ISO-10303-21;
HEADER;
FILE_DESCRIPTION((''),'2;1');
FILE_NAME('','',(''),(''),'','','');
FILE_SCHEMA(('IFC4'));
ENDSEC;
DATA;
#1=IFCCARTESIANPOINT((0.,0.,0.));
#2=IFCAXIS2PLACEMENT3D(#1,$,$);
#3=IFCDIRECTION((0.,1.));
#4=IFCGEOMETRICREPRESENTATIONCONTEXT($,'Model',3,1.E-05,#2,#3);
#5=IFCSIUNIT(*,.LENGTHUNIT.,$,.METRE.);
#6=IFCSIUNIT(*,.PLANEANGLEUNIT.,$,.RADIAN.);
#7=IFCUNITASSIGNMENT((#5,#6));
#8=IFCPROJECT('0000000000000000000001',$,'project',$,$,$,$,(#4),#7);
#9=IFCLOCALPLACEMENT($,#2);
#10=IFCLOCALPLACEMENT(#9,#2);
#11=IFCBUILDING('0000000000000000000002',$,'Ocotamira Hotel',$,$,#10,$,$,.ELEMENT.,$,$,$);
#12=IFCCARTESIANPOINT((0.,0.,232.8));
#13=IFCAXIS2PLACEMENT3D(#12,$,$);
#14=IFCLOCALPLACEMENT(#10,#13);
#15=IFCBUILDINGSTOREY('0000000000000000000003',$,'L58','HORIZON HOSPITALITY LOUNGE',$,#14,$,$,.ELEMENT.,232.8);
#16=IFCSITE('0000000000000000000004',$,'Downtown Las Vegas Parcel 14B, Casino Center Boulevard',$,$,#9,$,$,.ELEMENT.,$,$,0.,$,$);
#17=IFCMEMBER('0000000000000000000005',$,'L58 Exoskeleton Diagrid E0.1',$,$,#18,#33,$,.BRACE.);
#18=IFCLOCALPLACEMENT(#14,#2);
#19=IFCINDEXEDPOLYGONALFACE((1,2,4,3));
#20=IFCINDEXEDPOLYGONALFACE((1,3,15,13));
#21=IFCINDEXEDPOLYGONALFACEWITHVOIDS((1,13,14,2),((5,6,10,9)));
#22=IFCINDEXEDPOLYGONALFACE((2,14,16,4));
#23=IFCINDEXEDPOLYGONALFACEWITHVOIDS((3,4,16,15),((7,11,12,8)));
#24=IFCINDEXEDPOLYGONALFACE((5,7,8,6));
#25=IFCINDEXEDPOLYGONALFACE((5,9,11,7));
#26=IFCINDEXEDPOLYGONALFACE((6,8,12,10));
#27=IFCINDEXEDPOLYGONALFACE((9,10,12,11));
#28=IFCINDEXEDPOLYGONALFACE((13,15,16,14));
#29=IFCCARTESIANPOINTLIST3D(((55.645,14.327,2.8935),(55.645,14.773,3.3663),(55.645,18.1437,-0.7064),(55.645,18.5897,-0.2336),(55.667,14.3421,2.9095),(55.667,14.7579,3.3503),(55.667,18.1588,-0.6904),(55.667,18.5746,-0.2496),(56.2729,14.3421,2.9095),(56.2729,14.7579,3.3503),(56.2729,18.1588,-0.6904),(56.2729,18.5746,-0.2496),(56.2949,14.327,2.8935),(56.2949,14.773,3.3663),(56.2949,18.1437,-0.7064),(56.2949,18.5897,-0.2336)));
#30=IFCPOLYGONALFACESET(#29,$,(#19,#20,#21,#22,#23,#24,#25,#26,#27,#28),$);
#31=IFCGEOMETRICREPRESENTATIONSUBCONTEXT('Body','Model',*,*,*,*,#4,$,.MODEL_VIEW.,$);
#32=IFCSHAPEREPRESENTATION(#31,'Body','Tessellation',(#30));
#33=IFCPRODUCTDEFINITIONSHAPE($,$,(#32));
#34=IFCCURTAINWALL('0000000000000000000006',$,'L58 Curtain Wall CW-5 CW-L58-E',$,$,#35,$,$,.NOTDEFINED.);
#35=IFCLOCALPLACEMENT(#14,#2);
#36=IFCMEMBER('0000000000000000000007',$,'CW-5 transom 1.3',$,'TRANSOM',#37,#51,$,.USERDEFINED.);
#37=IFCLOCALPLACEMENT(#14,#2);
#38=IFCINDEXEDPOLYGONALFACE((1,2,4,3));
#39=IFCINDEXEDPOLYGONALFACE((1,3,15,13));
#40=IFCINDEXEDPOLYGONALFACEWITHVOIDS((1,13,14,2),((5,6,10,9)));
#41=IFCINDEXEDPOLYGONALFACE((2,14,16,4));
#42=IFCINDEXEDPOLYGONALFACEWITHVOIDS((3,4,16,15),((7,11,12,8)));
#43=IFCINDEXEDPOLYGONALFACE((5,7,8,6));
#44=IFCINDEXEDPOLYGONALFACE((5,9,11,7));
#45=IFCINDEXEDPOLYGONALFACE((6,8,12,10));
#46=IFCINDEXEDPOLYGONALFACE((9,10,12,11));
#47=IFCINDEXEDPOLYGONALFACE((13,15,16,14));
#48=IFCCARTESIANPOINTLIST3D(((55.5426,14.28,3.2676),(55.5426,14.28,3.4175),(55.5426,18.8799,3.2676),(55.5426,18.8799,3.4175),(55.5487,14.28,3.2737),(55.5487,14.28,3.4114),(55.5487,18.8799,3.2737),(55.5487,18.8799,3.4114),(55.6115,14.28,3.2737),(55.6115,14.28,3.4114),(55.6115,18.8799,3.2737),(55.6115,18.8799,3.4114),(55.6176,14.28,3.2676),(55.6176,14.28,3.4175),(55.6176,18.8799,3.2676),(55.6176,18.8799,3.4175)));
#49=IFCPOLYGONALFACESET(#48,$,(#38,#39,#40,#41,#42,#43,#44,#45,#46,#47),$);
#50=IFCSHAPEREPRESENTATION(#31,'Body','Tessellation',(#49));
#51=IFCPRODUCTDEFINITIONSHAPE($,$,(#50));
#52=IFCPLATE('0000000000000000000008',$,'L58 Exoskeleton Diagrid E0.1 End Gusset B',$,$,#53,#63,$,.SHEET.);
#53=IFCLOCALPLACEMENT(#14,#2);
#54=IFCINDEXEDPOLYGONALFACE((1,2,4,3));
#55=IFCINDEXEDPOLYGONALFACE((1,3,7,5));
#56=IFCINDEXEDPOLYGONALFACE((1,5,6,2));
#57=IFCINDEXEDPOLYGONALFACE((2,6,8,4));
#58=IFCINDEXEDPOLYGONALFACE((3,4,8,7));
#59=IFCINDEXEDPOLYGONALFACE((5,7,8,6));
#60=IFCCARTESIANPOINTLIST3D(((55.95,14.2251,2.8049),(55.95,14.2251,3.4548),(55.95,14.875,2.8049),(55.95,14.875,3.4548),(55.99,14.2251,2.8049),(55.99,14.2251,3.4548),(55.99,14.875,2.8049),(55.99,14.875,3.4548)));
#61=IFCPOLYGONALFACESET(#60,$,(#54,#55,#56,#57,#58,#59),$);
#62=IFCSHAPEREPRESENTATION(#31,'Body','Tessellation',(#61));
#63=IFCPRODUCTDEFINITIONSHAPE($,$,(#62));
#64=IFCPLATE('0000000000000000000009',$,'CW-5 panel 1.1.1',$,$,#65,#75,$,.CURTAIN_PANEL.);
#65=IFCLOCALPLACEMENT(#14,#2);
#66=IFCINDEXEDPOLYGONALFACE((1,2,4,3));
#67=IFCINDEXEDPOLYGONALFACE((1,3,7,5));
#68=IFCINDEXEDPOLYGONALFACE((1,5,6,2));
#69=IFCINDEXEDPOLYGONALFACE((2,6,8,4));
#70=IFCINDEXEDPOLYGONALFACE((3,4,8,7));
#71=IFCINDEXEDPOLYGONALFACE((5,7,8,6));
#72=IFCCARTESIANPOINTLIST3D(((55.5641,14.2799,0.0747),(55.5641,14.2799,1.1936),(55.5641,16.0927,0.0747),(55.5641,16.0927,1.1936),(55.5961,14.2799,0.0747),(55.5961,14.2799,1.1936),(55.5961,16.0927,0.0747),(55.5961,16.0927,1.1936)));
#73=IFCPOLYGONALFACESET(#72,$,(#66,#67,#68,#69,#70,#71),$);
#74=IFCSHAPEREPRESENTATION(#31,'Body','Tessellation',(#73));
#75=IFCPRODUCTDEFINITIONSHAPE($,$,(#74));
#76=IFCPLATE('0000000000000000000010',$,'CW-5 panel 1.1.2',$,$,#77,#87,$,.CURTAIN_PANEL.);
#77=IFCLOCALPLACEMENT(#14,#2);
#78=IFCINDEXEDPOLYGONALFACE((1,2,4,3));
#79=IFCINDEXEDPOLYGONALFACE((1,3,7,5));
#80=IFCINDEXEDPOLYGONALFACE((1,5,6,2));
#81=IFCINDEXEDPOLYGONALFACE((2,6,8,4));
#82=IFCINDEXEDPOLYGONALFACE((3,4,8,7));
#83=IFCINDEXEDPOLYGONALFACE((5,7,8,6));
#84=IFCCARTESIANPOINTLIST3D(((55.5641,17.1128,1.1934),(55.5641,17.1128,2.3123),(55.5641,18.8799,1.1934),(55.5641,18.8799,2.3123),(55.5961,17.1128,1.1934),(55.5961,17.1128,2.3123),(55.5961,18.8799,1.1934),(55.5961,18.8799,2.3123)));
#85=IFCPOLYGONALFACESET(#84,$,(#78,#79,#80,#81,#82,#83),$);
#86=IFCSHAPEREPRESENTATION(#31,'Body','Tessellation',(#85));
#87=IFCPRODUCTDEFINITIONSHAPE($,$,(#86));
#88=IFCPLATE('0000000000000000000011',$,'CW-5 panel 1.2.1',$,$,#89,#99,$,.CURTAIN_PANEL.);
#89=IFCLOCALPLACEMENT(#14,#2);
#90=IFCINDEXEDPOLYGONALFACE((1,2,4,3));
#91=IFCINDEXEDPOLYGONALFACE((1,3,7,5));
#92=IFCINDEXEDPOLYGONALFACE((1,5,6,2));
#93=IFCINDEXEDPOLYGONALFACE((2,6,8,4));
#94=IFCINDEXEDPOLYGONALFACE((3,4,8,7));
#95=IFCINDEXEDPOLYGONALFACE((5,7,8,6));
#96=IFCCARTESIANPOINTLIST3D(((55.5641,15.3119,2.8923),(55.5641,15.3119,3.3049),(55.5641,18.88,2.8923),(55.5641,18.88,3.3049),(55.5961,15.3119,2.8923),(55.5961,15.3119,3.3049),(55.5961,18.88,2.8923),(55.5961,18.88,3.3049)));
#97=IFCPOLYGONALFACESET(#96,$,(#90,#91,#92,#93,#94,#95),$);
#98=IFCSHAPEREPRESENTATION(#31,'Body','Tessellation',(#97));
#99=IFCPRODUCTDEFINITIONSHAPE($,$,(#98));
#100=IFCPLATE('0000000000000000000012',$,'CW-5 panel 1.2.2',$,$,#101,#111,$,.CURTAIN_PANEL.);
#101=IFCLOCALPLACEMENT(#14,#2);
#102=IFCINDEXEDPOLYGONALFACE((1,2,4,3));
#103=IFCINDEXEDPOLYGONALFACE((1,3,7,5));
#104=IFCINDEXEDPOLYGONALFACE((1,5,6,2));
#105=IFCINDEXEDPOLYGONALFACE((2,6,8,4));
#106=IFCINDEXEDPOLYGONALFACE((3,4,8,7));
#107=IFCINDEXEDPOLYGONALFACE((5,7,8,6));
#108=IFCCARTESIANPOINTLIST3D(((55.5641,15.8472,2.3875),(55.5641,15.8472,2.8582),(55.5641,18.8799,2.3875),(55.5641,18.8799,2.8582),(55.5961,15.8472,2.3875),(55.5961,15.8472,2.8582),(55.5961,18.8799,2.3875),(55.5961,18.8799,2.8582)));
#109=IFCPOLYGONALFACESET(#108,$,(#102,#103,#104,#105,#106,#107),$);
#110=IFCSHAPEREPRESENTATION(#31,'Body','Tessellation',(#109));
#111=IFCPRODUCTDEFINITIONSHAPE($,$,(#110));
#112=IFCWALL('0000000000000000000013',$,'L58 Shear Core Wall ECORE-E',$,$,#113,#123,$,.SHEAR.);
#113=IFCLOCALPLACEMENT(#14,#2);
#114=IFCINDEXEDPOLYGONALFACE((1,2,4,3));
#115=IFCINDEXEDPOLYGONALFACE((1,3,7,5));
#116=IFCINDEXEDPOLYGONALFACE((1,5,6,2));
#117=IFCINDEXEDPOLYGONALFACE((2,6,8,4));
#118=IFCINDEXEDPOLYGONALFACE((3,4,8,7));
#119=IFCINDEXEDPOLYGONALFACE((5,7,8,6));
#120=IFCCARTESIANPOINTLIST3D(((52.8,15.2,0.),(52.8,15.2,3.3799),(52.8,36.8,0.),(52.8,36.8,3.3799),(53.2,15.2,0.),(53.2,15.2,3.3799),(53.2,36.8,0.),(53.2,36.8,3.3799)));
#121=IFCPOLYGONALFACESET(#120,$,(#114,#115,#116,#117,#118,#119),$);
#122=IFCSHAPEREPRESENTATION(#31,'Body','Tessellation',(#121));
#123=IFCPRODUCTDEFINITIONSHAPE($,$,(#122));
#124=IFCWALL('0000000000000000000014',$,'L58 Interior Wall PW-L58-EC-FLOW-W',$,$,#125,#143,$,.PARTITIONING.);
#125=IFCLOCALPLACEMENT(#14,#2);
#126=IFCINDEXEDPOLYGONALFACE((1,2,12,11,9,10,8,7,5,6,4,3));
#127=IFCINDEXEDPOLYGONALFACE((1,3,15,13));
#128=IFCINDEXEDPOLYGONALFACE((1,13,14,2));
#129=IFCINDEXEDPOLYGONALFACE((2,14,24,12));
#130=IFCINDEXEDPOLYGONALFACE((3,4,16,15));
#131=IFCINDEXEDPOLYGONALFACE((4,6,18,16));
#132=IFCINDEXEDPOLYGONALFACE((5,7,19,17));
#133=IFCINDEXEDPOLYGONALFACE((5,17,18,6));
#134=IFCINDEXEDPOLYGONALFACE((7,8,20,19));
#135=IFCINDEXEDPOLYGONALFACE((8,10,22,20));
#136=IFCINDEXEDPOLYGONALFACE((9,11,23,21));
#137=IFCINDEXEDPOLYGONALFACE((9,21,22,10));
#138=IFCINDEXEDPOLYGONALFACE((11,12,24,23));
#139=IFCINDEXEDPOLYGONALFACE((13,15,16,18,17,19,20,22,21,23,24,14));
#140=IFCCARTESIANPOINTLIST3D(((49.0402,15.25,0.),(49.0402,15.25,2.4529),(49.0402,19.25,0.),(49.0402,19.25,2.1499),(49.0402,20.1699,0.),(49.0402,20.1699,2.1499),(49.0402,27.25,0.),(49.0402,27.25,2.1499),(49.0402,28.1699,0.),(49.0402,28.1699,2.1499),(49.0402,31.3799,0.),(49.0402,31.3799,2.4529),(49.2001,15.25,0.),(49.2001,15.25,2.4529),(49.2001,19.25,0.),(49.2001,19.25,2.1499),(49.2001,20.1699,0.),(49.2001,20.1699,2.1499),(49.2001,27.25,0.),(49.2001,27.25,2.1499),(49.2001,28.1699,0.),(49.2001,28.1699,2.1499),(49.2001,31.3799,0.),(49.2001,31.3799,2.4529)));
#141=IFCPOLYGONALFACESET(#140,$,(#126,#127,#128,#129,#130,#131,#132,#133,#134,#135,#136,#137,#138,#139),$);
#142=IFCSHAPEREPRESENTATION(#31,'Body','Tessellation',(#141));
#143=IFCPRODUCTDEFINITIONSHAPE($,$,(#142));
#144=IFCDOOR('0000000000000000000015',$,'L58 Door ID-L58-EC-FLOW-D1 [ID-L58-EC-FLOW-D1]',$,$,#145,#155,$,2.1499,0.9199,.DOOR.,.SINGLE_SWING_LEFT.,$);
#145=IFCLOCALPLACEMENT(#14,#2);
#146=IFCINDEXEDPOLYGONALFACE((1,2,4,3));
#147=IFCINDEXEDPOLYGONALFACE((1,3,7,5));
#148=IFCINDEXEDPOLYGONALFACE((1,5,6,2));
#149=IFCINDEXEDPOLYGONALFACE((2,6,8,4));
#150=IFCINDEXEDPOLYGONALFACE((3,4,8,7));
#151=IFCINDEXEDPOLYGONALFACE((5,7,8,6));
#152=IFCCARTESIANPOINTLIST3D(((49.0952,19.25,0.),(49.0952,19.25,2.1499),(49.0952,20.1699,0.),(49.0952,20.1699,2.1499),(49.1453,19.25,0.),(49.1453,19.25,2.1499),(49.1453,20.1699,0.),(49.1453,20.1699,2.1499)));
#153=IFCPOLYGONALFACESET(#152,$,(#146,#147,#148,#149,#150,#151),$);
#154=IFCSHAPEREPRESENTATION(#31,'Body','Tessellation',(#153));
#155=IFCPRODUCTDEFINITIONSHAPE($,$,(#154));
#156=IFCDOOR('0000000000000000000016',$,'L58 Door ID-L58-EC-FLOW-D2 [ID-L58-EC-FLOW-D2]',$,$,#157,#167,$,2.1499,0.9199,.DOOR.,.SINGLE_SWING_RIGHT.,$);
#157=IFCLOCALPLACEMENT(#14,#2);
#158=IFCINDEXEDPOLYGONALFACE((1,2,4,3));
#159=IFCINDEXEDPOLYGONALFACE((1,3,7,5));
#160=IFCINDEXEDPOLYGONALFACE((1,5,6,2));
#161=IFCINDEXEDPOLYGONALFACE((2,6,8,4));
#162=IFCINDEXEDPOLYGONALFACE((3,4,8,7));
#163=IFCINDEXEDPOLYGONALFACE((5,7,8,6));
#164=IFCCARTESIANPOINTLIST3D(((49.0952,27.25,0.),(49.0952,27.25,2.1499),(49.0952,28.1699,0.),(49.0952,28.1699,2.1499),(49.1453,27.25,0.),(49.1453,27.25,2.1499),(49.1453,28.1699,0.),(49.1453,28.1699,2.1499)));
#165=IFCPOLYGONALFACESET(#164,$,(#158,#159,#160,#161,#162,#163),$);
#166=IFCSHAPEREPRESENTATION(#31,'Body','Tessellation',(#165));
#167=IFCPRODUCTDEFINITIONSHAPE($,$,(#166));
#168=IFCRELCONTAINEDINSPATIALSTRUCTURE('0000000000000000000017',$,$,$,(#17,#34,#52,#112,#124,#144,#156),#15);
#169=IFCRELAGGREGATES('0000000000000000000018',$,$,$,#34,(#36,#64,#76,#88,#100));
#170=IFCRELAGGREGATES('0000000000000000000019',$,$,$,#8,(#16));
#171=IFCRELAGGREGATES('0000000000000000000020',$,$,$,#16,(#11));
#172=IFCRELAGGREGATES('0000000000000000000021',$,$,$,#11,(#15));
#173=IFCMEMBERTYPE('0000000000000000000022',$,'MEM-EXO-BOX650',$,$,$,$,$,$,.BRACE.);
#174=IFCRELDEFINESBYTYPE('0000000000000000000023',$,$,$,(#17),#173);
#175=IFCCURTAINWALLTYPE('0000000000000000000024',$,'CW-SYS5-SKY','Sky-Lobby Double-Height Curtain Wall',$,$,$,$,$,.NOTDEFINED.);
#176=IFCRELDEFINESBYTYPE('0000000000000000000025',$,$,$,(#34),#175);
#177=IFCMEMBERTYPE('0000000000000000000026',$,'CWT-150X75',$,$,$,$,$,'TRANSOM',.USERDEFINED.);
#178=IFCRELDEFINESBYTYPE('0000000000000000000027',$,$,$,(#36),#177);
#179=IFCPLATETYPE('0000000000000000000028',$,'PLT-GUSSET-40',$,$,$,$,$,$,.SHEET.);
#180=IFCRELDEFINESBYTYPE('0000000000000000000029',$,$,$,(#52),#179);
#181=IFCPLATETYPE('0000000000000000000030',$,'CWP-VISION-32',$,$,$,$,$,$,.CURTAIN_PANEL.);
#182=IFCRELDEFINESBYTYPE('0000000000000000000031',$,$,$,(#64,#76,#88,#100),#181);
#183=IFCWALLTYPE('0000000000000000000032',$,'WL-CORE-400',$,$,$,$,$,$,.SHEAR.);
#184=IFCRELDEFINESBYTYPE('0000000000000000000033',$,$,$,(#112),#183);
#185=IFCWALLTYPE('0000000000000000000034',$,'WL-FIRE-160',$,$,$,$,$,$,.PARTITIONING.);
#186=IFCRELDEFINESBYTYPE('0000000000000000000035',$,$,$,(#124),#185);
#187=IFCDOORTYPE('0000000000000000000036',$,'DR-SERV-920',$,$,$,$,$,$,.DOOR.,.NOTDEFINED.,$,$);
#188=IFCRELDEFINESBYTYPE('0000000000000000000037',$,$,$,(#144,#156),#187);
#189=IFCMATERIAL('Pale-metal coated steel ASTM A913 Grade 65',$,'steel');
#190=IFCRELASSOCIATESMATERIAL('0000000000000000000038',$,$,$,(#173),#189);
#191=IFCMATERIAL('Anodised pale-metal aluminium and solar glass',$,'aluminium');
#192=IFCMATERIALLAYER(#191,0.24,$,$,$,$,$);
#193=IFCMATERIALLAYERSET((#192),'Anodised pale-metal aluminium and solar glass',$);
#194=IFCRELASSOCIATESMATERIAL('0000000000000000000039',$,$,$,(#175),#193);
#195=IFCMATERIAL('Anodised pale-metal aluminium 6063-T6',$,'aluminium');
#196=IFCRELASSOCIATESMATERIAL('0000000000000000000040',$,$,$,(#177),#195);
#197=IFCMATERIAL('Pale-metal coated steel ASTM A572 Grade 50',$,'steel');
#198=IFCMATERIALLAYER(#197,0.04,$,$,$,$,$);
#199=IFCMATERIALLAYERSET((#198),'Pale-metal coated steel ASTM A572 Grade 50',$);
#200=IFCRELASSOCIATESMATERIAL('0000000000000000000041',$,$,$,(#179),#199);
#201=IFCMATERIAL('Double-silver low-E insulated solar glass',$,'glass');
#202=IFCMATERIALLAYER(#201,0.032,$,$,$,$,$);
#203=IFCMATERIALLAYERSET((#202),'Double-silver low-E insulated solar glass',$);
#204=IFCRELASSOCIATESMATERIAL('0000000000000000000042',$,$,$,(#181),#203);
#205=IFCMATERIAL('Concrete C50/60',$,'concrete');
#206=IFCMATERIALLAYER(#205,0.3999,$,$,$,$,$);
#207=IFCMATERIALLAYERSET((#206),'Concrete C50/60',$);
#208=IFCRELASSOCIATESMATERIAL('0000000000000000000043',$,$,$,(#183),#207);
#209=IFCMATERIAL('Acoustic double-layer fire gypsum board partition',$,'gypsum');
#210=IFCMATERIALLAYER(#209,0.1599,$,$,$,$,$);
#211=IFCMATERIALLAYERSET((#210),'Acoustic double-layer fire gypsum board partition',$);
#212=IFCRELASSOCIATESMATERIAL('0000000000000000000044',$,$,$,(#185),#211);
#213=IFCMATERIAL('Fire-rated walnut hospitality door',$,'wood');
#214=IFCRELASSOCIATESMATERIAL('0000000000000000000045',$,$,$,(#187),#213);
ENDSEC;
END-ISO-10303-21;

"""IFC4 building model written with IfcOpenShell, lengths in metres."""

from ifc_helpers import new_model, si_unit, direction, frame, frame_2d, origin, origin_2d, place, context, subcontext, project, spatial, rectangle, hollow_rectangle, extrude, source, transform, mapped, material, layer, layer_set, material_profile, profile_set, type_object, element, fill, aggregate, save


model = new_model("IFC4")

# Units and contexts
model_context = context("Model", 3, precision=1e-05, world=origin(), true_north=direction((0.0, 1.0)))
body_context = subcontext(model_context, "Body", "Model", "MODEL_VIEW")
ifc_project = project(units=[si_unit("LENGTHUNIT", "METRE"), si_unit("PLANEANGLEUNIT", "RADIAN")], contexts=[model_context])

# Site, building, storey
site_placement = place(None, origin())
site = spatial("IfcSite", under=ifc_project, at=site_placement, Name="Downtown Las Vegas Parcel 14B, Casino Center Boulevard", CompositionType="ELEMENT", RefElevation=0.0)
building_placement = place(site_placement, origin())
building = spatial("IfcBuilding", under=site, at=building_placement, Name="Ocotamira Hotel", CompositionType="ELEMENT")
storey_placement = place(building_placement, frame((0.0, 0.0, 232.8)))
storey = spatial("IfcBuildingStorey", under=building, at=storey_placement, Name="L58", Description="HORIZON HOSPITALITY LOUNGE", CompositionType="ELEMENT", Elevation=232.8)

# Member
ifc_material_1 = material(Name="Pale-metal coated steel ASTM A913 Grade 65", Category="steel")
ifc_material_profile_1 = material_profile(ifc_material_1, hollow_rectangle(XDim=0.6499, YDim=0.6499, WallThickness=0.022, at=origin_2d()), Name="BOX650X650X22")
ifc_profile_set_1 = profile_set([ifc_material_profile_1], Name="Pale-metal coated steel ASTM A913 Grade 65")
member_type_1 = type_object("IfcMemberType", Name="MEM-EXO-BOX650", PredefinedType="BRACE", material=ifc_profile_set_1)
shared_shape_1 = source(origin(), body_context, "Body", "SweptSolid", [
    extrude(hollow_rectangle(XDim=0.6499, YDim=0.6499, WallThickness=0.022, at=origin_2d()), origin(), (0.0, 0.0, 1.0), 5.2466),
])
member_1_placement = place(storey_placement, frame((55.97, 18.3667, -0.47), z_axis=(0.0, -0.727466, 0.686144), x_axis=(1.0, 0.0, 0.0)))
element("IfcMember", 1, at=member_1_placement, inside=storey, type_object=member_type_1, Name="L58 Exoskeleton Diagrid E0.1", PredefinedType="BRACE", context=body_context, shape_type="MappedRepresentation", body=[
    mapped(shared_shape_1, transform((0.0, 0.0, 0.0), scale=1.0)),
])

# Curtain wall, member
ifc_material_2 = material(Name="Anodised pale-metal aluminium and solar glass", Category="aluminium")
ifc_layer_1 = layer(ifc_material_2, 0.24)
ifc_layer_set_1 = layer_set([ifc_layer_1], Name="Anodised pale-metal aluminium and solar glass")
curtain_wall_type = type_object("IfcCurtainWallType", Name="CW-SYS5-SKY", Description="Sky-Lobby Double-Height Curtain Wall", PredefinedType="NOTDEFINED", material=ifc_layer_set_1)
curtain_wall_placement = place(storey_placement, origin())
curtain_wall = element("IfcCurtainWall", 2, at=curtain_wall_placement, inside=storey, type_object=curtain_wall_type, Name="L58 Curtain Wall CW-5 CW-L58-E", PredefinedType="NOTDEFINED")
ifc_material_3 = material(Name="Anodised pale-metal aluminium 6063-T6", Category="aluminium")
ifc_material_profile_2 = material_profile(ifc_material_3, hollow_rectangle(XDim=0.075, YDim=0.1499, WallThickness=0.0061, at=origin_2d()), Name="HSS150X75X6")
ifc_profile_set_2 = profile_set([ifc_material_profile_2], Name="Anodised pale-metal aluminium 6063-T6")
member_type_2 = type_object("IfcMemberType", Name="CWT-150X75", ElementType="TRANSOM", PredefinedType="USERDEFINED", material=ifc_profile_set_2)
shared_shape_2 = source(origin(), body_context, "Body", "SweptSolid", [
    extrude(hollow_rectangle(XDim=0.075, YDim=0.1499, WallThickness=0.0061, at=origin_2d()), origin(), (0.0, 0.0, 1.0), 4.5999),
])
member_2_placement = place(storey_placement, frame((55.5801, 14.28, 3.3425), z_axis=(0.0, 1.0, 0.0), x_axis=(-1.0, 0.0, 0.0)))
member_2 = element("IfcMember", 3, at=member_2_placement, type_object=member_type_2, Name="CW-5 transom 1.3", ObjectType="TRANSOM", PredefinedType="USERDEFINED", context=body_context, shape_type="MappedRepresentation", body=[
    mapped(shared_shape_2, transform((0.0, 0.0, 0.0), scale=1.0)),
])

# Plates
ifc_material_4 = material(Name="Pale-metal coated steel ASTM A572 Grade 50", Category="steel")
ifc_layer_2 = layer(ifc_material_4, 0.04)
ifc_layer_set_2 = layer_set([ifc_layer_2], Name="Pale-metal coated steel ASTM A572 Grade 50")
plate_type_1 = type_object("IfcPlateType", Name="PLT-GUSSET-40", PredefinedType="SHEET", material=ifc_layer_set_2)
shared_shape_3 = source(origin(), body_context, "Body", "SweptSolid", [
    extrude(rectangle(XDim=0.04, YDim=0.6499, at=origin_2d()), origin(), (0.0, 0.0, 1.0), 0.6499),
])
plate_1_placement = place(storey_placement, frame((55.97, 14.55, 2.8049), z_axis=(0.0, 0.0, 1.0), x_axis=(1.0, 0.0, 0.0)))
element("IfcPlate", 4, at=plate_1_placement, inside=storey, type_object=plate_type_1, Name="L58 Exoskeleton Diagrid E0.1 End Gusset B", PredefinedType="SHEET", context=body_context, shape_type="MappedRepresentation", body=[
    mapped(shared_shape_3, transform((0.0, 0.0, 0.0), scale=1.0)),
])
ifc_material_5 = material(Name="Double-silver low-E insulated solar glass", Category="glass")
ifc_layer_3 = layer(ifc_material_5, 0.032)
ifc_layer_set_3 = layer_set([ifc_layer_3], Name="Double-silver low-E insulated solar glass")
plate_type_2 = type_object("IfcPlateType", Name="CWP-VISION-32", PredefinedType="CURTAIN_PANEL", material=ifc_layer_set_3)
shared_shape_4 = source(origin(), body_context, "Body", "SweptSolid", [
    extrude(rectangle(XDim=1.8127, YDim=0.032, at=origin_2d()), origin(), (0.0, 0.0, 1.0), 1.1189),
])
plate_2_placement = place(storey_placement, frame((55.5801, 15.1863, 0.0747), z_axis=(0.0, 0.0, 1.0), x_axis=(0.0, 1.0, 0.0)))
plate_2 = element("IfcPlate", 5, at=plate_2_placement, type_object=plate_type_2, Name="CW-5 panel 1.1.1", PredefinedType="CURTAIN_PANEL", context=body_context, shape_type="MappedRepresentation", body=[
    mapped(shared_shape_4, transform((0.0, 0.0, 0.0), scale=1.0)),
])
shared_shape_5 = source(origin(), body_context, "Body", "SweptSolid", [
    extrude(rectangle(XDim=1.7671, YDim=0.032, at=origin_2d()), origin(), (0.0, 0.0, 1.0), 1.1189),
])
plate_3_placement = place(storey_placement, frame((55.5801, 17.9963, 1.1934), z_axis=(0.0, 0.0, 1.0), x_axis=(0.0, 1.0, 0.0)))
plate_3 = element("IfcPlate", 6, at=plate_3_placement, type_object=plate_type_2, Name="CW-5 panel 1.1.2", PredefinedType="CURTAIN_PANEL", context=body_context, shape_type="MappedRepresentation", body=[
    mapped(shared_shape_5, transform((0.0, 0.0, 0.0), scale=1.0)),
])
shared_shape_6 = source(origin(), body_context, "Body", "SweptSolid", [
    extrude(rectangle(XDim=3.5681, YDim=0.032, at=origin_2d()), origin(), (0.0, 0.0, 1.0), 0.4126),
])
plate_4_placement = place(storey_placement, frame((55.5801, 17.0959, 2.8923), z_axis=(0.0, 0.0, 1.0), x_axis=(0.0, 1.0, 0.0)))
plate_4 = element("IfcPlate", 7, at=plate_4_placement, type_object=plate_type_2, Name="CW-5 panel 1.2.1", PredefinedType="CURTAIN_PANEL", context=body_context, shape_type="MappedRepresentation", body=[
    mapped(shared_shape_6, transform((0.0, 0.0, 0.0), scale=1.0)),
])
shared_shape_7 = source(origin(), body_context, "Body", "SweptSolid", [
    extrude(rectangle(XDim=3.0327, YDim=0.032, at=origin_2d()), origin(), (0.0, 0.0, 1.0), 0.4707),
])
plate_5_placement = place(storey_placement, frame((55.5801, 17.3635, 2.3875), z_axis=(0.0, 0.0, 1.0), x_axis=(0.0, 1.0, 0.0)))
plate_5 = element("IfcPlate", 8, at=plate_5_placement, type_object=plate_type_2, Name="CW-5 panel 1.2.2", PredefinedType="CURTAIN_PANEL", context=body_context, shape_type="MappedRepresentation", body=[
    mapped(shared_shape_7, transform((0.0, 0.0, 0.0), scale=1.0)),
])
aggregate(curtain_wall, [member_2, plate_2, plate_3, plate_4, plate_5])

# Wall
ifc_material_6 = material(Name="Concrete C50/60", Category="concrete")
ifc_layer_4 = layer(ifc_material_6, 0.3999)
ifc_layer_set_4 = layer_set([ifc_layer_4], Name="Concrete C50/60")
wall_type_1 = type_object("IfcWallType", Name="WL-CORE-400", PredefinedType="SHEAR", material=ifc_layer_set_4)
wall_1_placement = place(storey_placement, frame((53.0, 15.2, 0.0), z_axis=(0.0, 0.0, 1.0), x_axis=(0.0, 1.0, 0.0)))
element("IfcWall", 9, at=wall_1_placement, inside=storey, type_object=wall_type_1, Name="L58 Shear Core Wall ECORE-E", PredefinedType="SHEAR", context=body_context, shape_type="SweptSolid", body=[
    extrude(rectangle(XDim=21.6001, YDim=0.3999, at=frame_2d((10.8, 0.0))), origin(), (0.0, 0.0, 1.0), 3.3799),
])

# Wall, openings, doors
ifc_material_7 = material(Name="Acoustic double-layer fire gypsum board partition", Category="gypsum")
ifc_layer_5 = layer(ifc_material_7, 0.1599)
ifc_layer_set_5 = layer_set([ifc_layer_5], Name="Acoustic double-layer fire gypsum board partition")
wall_type_2 = type_object("IfcWallType", Name="WL-FIRE-160", PredefinedType="PARTITIONING", material=ifc_layer_set_5)
wall_2_placement = place(storey_placement, frame((49.1201, 15.25, 0.0), z_axis=(0.0, 0.0, 1.0), x_axis=(0.0, 1.0, 0.0)))
wall_2 = element("IfcWall", 10, at=wall_2_placement, inside=storey, type_object=wall_type_2, Name="L58 Interior Wall PW-L58-EC-FLOW-W", PredefinedType="PARTITIONING", context=body_context, shape_type="SweptSolid", body=[
    extrude(rectangle(XDim=16.1299, YDim=0.1599, at=frame_2d((8.0649, 0.0))), origin(), (0.0, 0.0, 1.0), 2.4529),
])
opening_1_placement = place(wall_2_placement, frame((4.0, 0.0, 0.0)))
opening_1 = element("IfcOpeningElement", 11, at=opening_1_placement, cuts=wall_2, PredefinedType="OPENING", context=body_context, shape_type="SweptSolid", body=[
    extrude(rectangle(XDim=0.9199, YDim=2.1499, at=frame_2d((0.46, 1.075))), frame((0.0, 0.0898, 0.0), z_axis=(0.0, -1.0, 0.0), x_axis=(1.0, 0.0, 0.0)), (0.0, 0.0, 1.0), 0.1799),
])
opening_2_placement = place(wall_2_placement, frame((12.0, 0.0, 0.0)))
opening_2 = element("IfcOpeningElement", 12, at=opening_2_placement, cuts=wall_2, PredefinedType="OPENING", context=body_context, shape_type="SweptSolid", body=[
    extrude(rectangle(XDim=0.9199, YDim=2.1499, at=frame_2d((0.46, 1.075))), frame((0.0, 0.0898, 0.0), z_axis=(0.0, -1.0, 0.0), x_axis=(1.0, 0.0, 0.0)), (0.0, 0.0, 1.0), 0.1799),
])
ifc_material_8 = material(Name="Fire-rated walnut hospitality door", Category="wood")
door_type_1 = type_object("IfcDoorType", Name="DR-SERV-920", OperationType="NOTDEFINED", PredefinedType="DOOR", material=ifc_material_8)
shared_shape_8 = source(origin(), body_context, "Body", "SweptSolid", [
    extrude(rectangle(XDim=0.9199, YDim=2.1499, at=frame_2d((0.46, 1.075))), frame((0.0, 0.0249, 0.0), z_axis=(0.0, -1.0, 0.0), x_axis=(1.0, 0.0, 0.0)), (0.0, 0.0, 1.0), 0.05),
])
door_1_placement = place(opening_1_placement, origin())
door_1 = element("IfcDoor", 13, at=door_1_placement, inside=storey, type_object=door_type_1, Name="L58 Door ID-L58-EC-FLOW-D1 [ID-L58-EC-FLOW-D1]", OperationType="SINGLE_SWING_LEFT", OverallHeight=2.1499, OverallWidth=0.9199, PredefinedType="DOOR", context=body_context, shape_type="MappedRepresentation", body=[
    mapped(shared_shape_8, transform((0.0, 0.0, 0.0), scale=1.0)),
])
fill(opening_1, door_1)
door_2_placement = place(opening_2_placement, origin())
door_2 = element("IfcDoor", 14, at=door_2_placement, inside=storey, type_object=door_type_1, Name="L58 Door ID-L58-EC-FLOW-D2 [ID-L58-EC-FLOW-D2]", OperationType="SINGLE_SWING_RIGHT", OverallHeight=2.1499, OverallWidth=0.9199, PredefinedType="DOOR", context=body_context, shape_type="MappedRepresentation", body=[
    mapped(shared_shape_8, transform((0.0, 0.0, 0.0), scale=1.0)),
])
fill(opening_2, door_2)

save(model, "model.ifc")
